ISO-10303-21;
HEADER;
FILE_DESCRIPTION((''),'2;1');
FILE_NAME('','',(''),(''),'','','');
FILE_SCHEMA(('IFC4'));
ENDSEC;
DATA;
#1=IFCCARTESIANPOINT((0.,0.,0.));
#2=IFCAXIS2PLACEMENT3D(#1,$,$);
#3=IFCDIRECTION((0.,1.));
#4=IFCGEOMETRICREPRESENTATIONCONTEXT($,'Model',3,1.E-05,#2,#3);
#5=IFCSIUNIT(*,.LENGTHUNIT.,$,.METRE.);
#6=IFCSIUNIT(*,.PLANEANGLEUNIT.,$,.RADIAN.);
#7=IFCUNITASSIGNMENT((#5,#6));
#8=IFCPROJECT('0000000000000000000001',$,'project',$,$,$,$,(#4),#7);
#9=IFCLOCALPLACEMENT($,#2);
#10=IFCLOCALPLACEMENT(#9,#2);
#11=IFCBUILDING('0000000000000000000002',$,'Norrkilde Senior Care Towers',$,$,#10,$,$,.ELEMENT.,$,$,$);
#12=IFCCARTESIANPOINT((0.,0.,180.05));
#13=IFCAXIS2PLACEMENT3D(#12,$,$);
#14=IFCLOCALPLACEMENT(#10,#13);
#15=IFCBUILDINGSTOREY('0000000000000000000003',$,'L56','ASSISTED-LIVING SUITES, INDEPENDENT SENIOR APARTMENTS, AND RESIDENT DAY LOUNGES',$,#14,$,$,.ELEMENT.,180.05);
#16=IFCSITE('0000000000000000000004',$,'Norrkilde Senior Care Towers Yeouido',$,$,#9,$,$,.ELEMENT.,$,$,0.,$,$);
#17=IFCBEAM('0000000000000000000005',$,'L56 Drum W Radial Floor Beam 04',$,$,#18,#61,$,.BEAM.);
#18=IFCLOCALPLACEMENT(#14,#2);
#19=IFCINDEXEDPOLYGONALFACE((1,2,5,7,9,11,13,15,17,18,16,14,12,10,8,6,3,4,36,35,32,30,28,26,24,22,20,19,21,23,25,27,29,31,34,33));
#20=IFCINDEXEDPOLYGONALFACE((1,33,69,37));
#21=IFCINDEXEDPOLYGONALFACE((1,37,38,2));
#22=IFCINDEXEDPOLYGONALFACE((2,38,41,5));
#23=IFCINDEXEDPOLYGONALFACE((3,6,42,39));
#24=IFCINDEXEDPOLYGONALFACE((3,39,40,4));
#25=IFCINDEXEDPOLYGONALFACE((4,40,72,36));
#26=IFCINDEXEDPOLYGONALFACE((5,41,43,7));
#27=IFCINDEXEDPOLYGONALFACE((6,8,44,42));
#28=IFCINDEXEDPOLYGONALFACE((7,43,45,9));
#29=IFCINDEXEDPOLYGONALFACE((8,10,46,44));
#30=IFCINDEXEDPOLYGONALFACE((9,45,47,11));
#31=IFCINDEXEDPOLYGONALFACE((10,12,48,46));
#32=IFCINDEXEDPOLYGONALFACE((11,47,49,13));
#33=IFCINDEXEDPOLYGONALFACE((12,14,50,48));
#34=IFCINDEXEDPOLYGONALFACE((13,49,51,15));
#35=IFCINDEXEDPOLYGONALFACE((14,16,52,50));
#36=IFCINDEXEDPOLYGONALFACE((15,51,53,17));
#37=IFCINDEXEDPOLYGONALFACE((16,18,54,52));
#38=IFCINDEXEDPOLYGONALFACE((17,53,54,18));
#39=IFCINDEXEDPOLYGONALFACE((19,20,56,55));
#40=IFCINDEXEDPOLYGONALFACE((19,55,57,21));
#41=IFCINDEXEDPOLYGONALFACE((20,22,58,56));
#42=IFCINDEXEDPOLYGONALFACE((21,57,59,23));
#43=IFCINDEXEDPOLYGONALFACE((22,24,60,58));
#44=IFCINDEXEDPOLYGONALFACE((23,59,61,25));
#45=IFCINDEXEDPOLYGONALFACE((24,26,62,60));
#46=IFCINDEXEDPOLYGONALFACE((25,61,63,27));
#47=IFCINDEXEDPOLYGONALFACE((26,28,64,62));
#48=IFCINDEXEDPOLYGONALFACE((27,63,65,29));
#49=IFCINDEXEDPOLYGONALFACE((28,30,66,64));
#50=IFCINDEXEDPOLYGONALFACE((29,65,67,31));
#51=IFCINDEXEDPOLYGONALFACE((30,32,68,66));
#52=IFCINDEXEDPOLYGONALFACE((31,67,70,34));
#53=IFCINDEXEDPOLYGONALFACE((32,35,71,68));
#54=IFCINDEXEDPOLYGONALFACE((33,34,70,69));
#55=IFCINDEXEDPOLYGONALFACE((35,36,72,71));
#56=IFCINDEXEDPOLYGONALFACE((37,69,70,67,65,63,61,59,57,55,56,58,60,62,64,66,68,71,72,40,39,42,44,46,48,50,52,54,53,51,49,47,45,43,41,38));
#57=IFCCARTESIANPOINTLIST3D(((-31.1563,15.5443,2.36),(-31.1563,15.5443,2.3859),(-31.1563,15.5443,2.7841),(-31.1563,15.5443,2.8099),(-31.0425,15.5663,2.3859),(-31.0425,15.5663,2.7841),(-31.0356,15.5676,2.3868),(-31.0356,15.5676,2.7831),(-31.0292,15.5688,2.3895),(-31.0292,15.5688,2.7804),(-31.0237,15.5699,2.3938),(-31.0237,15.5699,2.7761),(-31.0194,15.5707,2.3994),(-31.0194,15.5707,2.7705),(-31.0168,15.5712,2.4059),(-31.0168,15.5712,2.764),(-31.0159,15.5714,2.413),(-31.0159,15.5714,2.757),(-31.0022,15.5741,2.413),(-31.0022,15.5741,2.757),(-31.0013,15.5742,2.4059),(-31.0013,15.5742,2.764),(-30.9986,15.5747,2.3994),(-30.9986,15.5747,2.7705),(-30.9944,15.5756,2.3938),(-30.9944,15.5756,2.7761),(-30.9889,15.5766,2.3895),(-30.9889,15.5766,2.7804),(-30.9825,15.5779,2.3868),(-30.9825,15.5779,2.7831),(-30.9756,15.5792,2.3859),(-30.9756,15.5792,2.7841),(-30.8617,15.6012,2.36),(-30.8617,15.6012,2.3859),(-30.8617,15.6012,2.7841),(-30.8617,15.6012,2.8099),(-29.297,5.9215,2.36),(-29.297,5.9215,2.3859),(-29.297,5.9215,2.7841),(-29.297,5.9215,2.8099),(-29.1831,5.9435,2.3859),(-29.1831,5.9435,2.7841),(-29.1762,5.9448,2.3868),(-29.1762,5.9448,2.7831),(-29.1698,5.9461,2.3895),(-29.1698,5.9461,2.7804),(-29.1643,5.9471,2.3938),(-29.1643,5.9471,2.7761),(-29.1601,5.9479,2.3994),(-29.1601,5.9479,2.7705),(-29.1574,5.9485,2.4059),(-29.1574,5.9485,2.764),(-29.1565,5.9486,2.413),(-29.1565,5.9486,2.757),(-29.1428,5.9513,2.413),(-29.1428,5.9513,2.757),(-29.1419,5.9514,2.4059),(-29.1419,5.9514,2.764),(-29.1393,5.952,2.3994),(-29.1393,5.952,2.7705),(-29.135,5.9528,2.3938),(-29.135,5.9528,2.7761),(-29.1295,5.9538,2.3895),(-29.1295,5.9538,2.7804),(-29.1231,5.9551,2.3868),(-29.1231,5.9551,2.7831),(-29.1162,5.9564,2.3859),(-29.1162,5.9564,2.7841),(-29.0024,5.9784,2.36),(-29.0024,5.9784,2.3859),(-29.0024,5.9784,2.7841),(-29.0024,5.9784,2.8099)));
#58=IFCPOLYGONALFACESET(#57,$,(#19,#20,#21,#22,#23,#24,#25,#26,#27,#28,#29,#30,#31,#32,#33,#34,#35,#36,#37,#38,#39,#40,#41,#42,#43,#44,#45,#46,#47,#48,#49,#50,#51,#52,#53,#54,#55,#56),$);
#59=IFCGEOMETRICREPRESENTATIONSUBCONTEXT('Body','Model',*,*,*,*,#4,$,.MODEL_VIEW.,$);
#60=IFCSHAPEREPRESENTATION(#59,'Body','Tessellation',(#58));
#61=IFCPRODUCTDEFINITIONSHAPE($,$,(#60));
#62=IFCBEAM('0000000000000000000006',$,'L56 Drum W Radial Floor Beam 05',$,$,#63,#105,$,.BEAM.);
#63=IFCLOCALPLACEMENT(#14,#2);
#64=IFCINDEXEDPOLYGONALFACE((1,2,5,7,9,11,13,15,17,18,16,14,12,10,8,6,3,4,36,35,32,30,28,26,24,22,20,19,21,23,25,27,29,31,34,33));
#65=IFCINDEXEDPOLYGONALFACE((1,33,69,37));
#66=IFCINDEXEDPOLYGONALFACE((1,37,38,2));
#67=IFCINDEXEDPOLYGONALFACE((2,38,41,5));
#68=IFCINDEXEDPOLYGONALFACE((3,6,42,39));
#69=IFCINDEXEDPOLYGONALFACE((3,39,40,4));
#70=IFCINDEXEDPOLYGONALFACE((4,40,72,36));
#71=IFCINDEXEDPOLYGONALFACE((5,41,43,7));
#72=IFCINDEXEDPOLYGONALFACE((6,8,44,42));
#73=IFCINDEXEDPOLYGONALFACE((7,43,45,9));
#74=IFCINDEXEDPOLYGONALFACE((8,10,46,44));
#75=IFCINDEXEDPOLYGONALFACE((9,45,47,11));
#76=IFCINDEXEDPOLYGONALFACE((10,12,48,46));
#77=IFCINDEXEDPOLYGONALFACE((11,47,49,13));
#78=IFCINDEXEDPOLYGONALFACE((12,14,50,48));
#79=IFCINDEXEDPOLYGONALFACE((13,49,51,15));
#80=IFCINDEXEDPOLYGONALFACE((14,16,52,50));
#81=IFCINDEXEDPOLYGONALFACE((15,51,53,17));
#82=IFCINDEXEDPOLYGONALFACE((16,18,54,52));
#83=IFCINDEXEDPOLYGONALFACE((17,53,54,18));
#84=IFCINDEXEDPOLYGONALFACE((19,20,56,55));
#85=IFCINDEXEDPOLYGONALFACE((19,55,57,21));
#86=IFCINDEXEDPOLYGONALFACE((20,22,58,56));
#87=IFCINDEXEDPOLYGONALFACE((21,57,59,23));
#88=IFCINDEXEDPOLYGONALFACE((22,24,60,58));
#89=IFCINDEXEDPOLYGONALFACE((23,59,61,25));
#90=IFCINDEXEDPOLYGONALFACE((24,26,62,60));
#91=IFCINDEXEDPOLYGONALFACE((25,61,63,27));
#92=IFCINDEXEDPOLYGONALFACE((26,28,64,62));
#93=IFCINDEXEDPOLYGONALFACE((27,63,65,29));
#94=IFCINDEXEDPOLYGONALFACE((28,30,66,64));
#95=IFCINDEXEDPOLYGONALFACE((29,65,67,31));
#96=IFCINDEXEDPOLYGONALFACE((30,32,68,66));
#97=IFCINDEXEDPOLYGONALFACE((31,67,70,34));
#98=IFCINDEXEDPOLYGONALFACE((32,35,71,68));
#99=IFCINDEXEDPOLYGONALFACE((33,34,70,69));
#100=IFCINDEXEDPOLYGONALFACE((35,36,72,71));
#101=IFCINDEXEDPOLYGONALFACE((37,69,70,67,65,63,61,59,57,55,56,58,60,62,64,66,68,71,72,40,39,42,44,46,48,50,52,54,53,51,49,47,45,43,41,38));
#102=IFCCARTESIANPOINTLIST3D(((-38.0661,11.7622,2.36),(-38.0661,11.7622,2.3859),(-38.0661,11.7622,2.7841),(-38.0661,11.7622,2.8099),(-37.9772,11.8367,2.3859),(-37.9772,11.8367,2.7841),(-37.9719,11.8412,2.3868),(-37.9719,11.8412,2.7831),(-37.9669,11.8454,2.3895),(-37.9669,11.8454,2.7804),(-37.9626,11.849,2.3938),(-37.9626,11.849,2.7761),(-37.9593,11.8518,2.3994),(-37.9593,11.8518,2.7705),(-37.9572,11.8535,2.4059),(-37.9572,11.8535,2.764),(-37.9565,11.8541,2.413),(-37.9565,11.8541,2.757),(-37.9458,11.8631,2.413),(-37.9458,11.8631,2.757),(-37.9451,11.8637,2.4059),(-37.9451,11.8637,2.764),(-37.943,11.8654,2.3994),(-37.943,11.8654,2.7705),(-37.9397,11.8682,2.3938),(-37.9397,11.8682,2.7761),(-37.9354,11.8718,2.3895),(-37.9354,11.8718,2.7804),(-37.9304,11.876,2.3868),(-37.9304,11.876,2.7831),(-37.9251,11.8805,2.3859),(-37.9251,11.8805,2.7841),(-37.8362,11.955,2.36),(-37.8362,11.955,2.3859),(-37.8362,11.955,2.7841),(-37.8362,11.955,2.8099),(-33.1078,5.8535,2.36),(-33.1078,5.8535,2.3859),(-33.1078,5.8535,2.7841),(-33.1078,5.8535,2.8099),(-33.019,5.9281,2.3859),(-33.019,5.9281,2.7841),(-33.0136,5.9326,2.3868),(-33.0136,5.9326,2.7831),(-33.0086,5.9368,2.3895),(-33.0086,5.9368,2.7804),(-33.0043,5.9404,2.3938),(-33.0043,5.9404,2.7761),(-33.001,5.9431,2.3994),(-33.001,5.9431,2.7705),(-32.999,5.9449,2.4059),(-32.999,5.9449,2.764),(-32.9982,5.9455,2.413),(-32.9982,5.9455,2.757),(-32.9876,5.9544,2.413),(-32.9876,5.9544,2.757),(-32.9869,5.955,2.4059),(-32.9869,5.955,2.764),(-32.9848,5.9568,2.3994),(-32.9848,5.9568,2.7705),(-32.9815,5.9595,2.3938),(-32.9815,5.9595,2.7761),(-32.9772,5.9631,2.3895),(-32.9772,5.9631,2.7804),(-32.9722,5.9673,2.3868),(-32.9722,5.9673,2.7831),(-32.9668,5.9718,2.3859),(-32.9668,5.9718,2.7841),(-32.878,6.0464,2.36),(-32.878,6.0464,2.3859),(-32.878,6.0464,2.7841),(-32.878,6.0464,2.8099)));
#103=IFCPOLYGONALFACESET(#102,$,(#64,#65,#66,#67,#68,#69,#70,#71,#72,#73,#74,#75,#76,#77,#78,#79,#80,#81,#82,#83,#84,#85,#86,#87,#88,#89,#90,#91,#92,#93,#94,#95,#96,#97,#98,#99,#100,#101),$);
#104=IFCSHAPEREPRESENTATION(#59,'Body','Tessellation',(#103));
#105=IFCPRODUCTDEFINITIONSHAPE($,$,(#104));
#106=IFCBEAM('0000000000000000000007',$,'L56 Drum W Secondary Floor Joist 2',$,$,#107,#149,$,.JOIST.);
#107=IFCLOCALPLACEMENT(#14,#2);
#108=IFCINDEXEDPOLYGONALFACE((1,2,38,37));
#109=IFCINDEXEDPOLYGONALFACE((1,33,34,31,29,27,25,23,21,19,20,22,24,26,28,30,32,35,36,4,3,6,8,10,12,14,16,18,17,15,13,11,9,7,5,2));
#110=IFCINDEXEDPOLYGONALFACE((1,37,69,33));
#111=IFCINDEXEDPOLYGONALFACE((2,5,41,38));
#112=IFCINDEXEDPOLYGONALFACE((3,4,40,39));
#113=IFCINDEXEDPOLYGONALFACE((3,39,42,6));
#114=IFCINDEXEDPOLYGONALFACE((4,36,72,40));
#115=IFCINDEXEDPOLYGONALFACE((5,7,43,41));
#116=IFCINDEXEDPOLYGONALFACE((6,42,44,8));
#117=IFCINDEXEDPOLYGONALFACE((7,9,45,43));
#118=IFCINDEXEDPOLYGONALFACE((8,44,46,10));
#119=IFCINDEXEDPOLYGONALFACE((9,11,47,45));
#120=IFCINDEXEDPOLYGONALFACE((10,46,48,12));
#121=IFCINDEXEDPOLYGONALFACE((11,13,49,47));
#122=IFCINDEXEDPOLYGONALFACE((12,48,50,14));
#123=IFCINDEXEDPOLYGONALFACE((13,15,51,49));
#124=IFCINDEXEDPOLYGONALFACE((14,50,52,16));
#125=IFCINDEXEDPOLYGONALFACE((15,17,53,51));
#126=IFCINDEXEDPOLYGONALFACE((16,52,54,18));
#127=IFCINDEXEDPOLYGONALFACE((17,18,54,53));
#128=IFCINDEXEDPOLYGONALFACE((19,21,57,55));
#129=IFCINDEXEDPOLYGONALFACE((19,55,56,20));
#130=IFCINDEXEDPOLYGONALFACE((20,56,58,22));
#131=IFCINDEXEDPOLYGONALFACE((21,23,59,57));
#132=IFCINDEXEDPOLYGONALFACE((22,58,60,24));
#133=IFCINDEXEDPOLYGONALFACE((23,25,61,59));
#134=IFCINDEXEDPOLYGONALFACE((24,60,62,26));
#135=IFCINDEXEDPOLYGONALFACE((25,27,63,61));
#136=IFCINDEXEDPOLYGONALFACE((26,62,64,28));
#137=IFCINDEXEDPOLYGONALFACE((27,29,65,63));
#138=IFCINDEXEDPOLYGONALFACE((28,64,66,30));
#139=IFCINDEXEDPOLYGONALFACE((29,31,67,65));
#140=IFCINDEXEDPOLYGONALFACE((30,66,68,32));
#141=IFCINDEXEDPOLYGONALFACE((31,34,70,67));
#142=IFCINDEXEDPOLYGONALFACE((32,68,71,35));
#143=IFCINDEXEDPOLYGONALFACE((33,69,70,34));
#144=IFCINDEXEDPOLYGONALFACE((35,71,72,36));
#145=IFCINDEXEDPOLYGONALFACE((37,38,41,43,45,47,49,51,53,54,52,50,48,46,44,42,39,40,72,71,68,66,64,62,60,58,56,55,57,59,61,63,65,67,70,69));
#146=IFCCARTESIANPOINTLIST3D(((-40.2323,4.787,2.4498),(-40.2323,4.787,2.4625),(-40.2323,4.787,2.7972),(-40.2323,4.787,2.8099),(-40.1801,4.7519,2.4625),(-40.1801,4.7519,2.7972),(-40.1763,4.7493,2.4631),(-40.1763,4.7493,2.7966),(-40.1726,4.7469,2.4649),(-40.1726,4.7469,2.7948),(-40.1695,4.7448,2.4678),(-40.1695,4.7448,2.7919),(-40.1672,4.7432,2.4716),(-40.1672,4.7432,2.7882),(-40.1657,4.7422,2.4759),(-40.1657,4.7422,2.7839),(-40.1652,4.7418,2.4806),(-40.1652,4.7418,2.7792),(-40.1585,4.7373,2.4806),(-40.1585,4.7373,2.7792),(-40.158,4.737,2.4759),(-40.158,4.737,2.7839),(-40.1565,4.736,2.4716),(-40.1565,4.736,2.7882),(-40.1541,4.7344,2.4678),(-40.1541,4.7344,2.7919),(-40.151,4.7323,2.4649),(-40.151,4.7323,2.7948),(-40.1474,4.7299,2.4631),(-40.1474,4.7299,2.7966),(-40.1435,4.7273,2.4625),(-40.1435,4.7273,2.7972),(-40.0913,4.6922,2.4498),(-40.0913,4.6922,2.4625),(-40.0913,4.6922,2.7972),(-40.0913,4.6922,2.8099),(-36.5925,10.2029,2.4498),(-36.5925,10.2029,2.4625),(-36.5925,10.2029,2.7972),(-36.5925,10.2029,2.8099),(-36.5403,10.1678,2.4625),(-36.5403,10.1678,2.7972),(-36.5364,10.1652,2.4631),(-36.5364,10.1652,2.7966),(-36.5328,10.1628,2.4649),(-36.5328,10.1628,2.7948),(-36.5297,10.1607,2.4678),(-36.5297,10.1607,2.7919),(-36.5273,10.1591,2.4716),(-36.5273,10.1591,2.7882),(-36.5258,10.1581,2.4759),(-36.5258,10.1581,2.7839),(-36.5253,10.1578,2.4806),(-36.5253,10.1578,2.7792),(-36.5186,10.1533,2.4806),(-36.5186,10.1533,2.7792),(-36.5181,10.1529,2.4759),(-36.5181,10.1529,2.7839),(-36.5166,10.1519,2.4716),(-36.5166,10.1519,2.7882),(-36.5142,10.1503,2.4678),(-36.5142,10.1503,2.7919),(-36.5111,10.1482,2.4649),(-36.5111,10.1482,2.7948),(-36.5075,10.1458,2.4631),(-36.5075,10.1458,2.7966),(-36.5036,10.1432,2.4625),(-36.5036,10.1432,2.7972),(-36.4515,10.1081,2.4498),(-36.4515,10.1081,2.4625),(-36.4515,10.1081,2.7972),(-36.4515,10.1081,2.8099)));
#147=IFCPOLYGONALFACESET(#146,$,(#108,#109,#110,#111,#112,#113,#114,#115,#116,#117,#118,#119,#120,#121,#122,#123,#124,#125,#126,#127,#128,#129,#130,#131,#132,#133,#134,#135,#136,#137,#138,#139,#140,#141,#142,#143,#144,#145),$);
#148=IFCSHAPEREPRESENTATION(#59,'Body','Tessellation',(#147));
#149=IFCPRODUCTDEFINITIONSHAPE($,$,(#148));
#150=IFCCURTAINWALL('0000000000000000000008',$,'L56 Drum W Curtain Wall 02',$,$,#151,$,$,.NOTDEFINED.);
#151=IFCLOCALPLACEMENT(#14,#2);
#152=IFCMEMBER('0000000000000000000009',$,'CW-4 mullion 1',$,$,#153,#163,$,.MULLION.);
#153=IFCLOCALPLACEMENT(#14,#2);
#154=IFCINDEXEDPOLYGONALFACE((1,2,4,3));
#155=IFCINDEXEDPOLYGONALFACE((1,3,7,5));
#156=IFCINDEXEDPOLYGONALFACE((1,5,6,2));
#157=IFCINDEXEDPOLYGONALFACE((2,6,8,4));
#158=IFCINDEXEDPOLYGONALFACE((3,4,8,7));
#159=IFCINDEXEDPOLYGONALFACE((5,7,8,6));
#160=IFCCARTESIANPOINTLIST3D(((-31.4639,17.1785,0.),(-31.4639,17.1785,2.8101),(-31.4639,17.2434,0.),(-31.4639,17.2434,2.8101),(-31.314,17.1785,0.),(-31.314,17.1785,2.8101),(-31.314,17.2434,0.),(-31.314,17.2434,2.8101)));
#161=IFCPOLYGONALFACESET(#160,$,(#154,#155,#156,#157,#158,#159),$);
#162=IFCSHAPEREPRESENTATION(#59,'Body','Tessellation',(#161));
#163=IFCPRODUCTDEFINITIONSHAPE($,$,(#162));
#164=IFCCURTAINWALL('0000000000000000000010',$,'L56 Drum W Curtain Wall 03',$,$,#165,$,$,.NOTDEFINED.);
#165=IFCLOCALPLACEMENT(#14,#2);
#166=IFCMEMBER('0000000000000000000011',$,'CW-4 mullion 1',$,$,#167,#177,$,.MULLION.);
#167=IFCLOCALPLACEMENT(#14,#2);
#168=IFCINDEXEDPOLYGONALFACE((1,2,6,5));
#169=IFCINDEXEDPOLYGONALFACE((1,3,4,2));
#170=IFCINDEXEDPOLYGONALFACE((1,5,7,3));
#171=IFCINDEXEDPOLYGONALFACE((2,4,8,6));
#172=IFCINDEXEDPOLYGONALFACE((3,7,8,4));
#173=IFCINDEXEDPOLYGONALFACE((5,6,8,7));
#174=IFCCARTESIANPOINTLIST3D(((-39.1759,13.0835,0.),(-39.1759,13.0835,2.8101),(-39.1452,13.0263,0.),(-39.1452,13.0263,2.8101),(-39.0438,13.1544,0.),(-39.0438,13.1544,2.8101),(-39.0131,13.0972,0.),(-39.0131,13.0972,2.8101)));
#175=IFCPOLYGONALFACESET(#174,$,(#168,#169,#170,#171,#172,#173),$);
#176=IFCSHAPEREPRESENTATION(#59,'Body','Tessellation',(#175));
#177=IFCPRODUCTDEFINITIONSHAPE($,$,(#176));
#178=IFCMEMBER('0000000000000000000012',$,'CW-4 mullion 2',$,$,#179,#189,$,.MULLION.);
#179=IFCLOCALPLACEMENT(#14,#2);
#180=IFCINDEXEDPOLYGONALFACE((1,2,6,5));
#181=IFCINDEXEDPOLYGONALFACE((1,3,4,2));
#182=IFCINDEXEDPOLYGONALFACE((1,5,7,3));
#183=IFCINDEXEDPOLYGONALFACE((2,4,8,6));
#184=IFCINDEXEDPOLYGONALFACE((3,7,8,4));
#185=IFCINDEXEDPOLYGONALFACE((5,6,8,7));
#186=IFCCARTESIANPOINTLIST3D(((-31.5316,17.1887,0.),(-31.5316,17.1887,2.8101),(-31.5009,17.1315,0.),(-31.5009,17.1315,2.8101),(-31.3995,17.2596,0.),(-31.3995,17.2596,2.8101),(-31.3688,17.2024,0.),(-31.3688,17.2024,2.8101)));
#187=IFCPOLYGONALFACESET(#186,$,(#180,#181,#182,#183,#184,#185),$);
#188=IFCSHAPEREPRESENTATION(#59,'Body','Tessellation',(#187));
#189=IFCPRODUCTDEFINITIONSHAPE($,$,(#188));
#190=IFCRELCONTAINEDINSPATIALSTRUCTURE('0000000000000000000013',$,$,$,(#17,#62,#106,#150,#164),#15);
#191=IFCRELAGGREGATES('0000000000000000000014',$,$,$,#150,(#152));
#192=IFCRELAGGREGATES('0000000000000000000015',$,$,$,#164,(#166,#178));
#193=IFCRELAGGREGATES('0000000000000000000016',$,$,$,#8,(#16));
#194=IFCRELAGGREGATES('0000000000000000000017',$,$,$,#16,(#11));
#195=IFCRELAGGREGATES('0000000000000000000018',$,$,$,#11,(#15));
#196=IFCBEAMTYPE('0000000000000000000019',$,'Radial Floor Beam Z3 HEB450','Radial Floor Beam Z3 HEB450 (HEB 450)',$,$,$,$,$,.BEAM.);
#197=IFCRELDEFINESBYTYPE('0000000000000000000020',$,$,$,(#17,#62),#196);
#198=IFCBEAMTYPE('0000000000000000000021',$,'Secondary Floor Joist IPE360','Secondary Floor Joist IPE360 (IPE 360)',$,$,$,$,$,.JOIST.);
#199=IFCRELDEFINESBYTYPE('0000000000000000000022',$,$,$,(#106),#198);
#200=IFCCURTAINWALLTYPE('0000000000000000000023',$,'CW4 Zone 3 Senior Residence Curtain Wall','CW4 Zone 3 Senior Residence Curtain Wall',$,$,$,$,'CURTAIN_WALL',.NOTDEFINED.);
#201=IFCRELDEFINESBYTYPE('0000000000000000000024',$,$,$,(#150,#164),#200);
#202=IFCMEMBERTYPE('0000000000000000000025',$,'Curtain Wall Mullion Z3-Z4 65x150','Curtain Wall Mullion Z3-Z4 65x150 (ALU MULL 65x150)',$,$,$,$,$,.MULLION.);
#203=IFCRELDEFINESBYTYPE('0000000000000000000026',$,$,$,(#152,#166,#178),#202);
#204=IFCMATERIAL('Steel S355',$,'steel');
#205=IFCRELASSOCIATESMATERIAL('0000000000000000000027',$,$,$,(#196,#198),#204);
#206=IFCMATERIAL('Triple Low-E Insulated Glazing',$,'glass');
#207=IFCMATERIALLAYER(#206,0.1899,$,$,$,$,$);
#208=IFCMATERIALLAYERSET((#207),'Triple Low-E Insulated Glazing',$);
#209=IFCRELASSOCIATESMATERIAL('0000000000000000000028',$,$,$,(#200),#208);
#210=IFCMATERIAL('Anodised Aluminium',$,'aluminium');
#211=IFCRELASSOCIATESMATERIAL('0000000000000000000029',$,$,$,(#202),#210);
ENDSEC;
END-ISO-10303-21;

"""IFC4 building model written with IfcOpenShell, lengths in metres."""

from ifc_helpers import new_model, si_unit, direction, frame, origin, origin_2d, place, context, subcontext, project, spatial, rectangle, i_section, extrude, source, transform, mapped, material, layer, layer_set, material_profile, profile_set, type_object, type_shapes, element, aggregate, save


model = new_model("IFC4")

# Units and contexts
model_context = context("Model", 3, precision=1e-05, world=origin(), true_north=direction((0.0, 1.0)))
body_context = subcontext(model_context, "Body", "Model", "MODEL_VIEW")
ifc_project = project(units=[si_unit("LENGTHUNIT", "METRE"), si_unit("PLANEANGLEUNIT", "RADIAN")], contexts=[model_context])

# Site, building, storey
site_placement = place(None, origin())
site = spatial("IfcSite", under=ifc_project, at=site_placement, Name="Norrkilde Senior Care Towers Yeouido", CompositionType="ELEMENT", RefElevation=0.0)
building_placement = place(site_placement, origin())
building = spatial("IfcBuilding", under=site, at=building_placement, Name="Norrkilde Senior Care Towers", CompositionType="ELEMENT")
storey_placement = place(building_placement, frame((0.0, 0.0, 180.05)))
storey = spatial("IfcBuildingStorey", under=building, at=storey_placement, Name="L56", Description="ASSISTED-LIVING SUITES, INDEPENDENT SENIOR APARTMENTS, AND RESIDENT DAY LOUNGES", CompositionType="ELEMENT", Elevation=180.05)

# Beams
ifc_material_1 = material(Name="Steel S355", Category="steel")
ifc_material_profile_1 = material_profile(ifc_material_1, i_section(OverallWidth=0.3, OverallDepth=0.45, WebThickness=0.0139, FlangeThickness=0.0259, FilletRadius=0.0271, at=origin_2d()), Name="HEB 450")
ifc_profile_set_1 = profile_set([ifc_material_profile_1], Name="Steel S355")
beam_type_1 = type_object("IfcBeamType", Name="Radial Floor Beam Z3 HEB450", Description="Radial Floor Beam Z3 HEB450 (HEB 450)", PredefinedType="BEAM", material=ifc_profile_set_1)
shared_shape_1 = source(origin(), body_context, "Body", "SweptSolid", [
    extrude(i_section(OverallWidth=0.3, OverallDepth=0.45, WebThickness=0.0139, FlangeThickness=0.0259, FilletRadius=0.0271, at=origin_2d()), origin(), (0.0, 0.0, 1.0), 9.8008),
])
beam_1_placement = place(storey_placement, frame((-29.1497, 5.95, 2.585), z_axis=(-0.189717, 0.981839, 0.0), x_axis=(-0.981839, -0.189717, 0.0)))
element("IfcBeam", 1, at=beam_1_placement, inside=storey, type_object=beam_type_1, Name="L56 Drum W Radial Floor Beam 04", PredefinedType="BEAM", context=body_context, shape_type="MappedRepresentation", body=[
    mapped(shared_shape_1, transform((0.0, 0.0, 0.0), x_axis=(1.0, 0.0, 0.0), y_axis=(0.0, 1.0, 0.0), z_axis=(0.0, 0.0, 1.0), scale=1.0)),
])
shared_shape_2 = source(origin(), body_context, "Body", "SweptSolid", [
    extrude(i_section(OverallWidth=0.3, OverallDepth=0.45, WebThickness=0.0139, FlangeThickness=0.0259, FilletRadius=0.0271, at=origin_2d()), origin(), (0.0, 0.0, 1.0), 7.7134),
])
type_shapes(beam_type_1, [shared_shape_1, shared_shape_2])
beam_2_placement = place(storey_placement, frame((-32.9929, 5.95, 2.585), z_axis=(-0.642808, 0.766027, 0.0), x_axis=(-0.766027, -0.642808, 0.0)))
element("IfcBeam", 2, at=beam_2_placement, inside=storey, type_object=beam_type_1, Name="L56 Drum W Radial Floor Beam 05", PredefinedType="BEAM", context=body_context, shape_type="MappedRepresentation", body=[
    mapped(shared_shape_2, transform((0.0, 0.0, 0.0), x_axis=(1.0, 0.0, 0.0), y_axis=(0.0, 1.0, 0.0), z_axis=(0.0, 0.0, 1.0), scale=1.0)),
])
ifc_material_profile_2 = material_profile(ifc_material_1, i_section(OverallWidth=0.1699, OverallDepth=0.3601, WebThickness=0.0081, FlangeThickness=0.0127, FilletRadius=0.0181, at=origin_2d()), Name="IPE 360")
ifc_profile_set_2 = profile_set([ifc_material_profile_2], Name="Steel S355")
beam_type_2 = type_object("IfcBeamType", Name="Secondary Floor Joist IPE360", Description="Secondary Floor Joist IPE360 (IPE 360)", PredefinedType="JOIST", material=ifc_profile_set_2)
shared_shape_3 = source(origin(), body_context, "Body", "SweptSolid", [
    extrude(i_section(OverallWidth=0.1699, OverallDepth=0.3601, WebThickness=0.0081, FlangeThickness=0.0127, FilletRadius=0.0181, at=origin_2d()), origin(), (0.0, 0.0, 1.0), 6.5254),
])
type_shapes(beam_type_2, [shared_shape_3])
beam_3_placement = place(storey_placement, frame((-36.522, 10.1555, 2.6299), z_axis=(-0.557796, -0.829978, 0.0), x_axis=(0.829978, -0.557796, 0.0)))
element("IfcBeam", 3, at=beam_3_placement, inside=storey, type_object=beam_type_2, Name="L56 Drum W Secondary Floor Joist 2", PredefinedType="JOIST", context=body_context, shape_type="MappedRepresentation", body=[
    mapped(shared_shape_3, transform((0.0, 0.0, 0.0), x_axis=(1.0, 0.0, 0.0), y_axis=(0.0, 1.0, 0.0), z_axis=(0.0, 0.0, 1.0), scale=1.0)),
])

# Curtain wall, member
ifc_material_2 = material(Name="Triple Low-E Insulated Glazing", Category="glass")
ifc_layer_1 = layer(ifc_material_2, 0.1899)
ifc_layer_set_1 = layer_set([ifc_layer_1], Name="Triple Low-E Insulated Glazing")
curtain_wall_type = type_object("IfcCurtainWallType", Name="CW4 Zone 3 Senior Residence Curtain Wall", Description="CW4 Zone 3 Senior Residence Curtain Wall", ElementType="CURTAIN_WALL", PredefinedType="NOTDEFINED", material=ifc_layer_set_1)
curtain_wall_1_placement = place(storey_placement, origin())
curtain_wall_1 = element("IfcCurtainWall", 4, at=curtain_wall_1_placement, inside=storey, type_object=curtain_wall_type, Name="L56 Drum W Curtain Wall 02", PredefinedType="NOTDEFINED")
ifc_material_3 = material(Name="Anodised Aluminium", Category="aluminium")
ifc_material_profile_3 = material_profile(ifc_material_3, rectangle(XDim=0.0649, YDim=0.1499, at=origin_2d()), Name="ALU MULL 65x150")
ifc_profile_set_3 = profile_set([ifc_material_profile_3], Name="Anodised Aluminium")
member_type_1 = type_object("IfcMemberType", Name="Curtain Wall Mullion Z3-Z4 65x150", Description="Curtain Wall Mullion Z3-Z4 65x150 (ALU MULL 65x150)", PredefinedType="MULLION", material=ifc_profile_set_3)
shared_shape_4 = source(origin(), body_context, "Body", "SweptSolid", [
    extrude(rectangle(XDim=0.0649, YDim=0.1499, at=origin_2d()), origin(), (0.0, 0.0, 1.0), 2.8101),
])
type_shapes(member_type_1, [shared_shape_4])
member_1_placement = place(storey_placement, frame((-31.3889, 17.2109, 0.0), z_axis=(0.0, 0.0, 1.0), x_axis=(0.0, 1.0, 0.0)))
member_1 = element("IfcMember", 5, at=member_1_placement, type_object=member_type_1, Name="CW-4 mullion 1", PredefinedType="MULLION", context=body_context, shape_type="MappedRepresentation", body=[
    mapped(shared_shape_4, transform((0.0, 0.0, 0.0), x_axis=(1.0, 0.0, 0.0), y_axis=(0.0, 1.0, 0.0), z_axis=(0.0, 0.0, 1.0), scale=1.0)),
])

# Curtain wall, members
curtain_wall_2_placement = place(storey_placement, origin())
curtain_wall_2 = element("IfcCurtainWall", 6, at=curtain_wall_2_placement, inside=storey, type_object=curtain_wall_type, Name="L56 Drum W Curtain Wall 03", PredefinedType="NOTDEFINED")
member_2_placement = place(storey_placement, frame((-39.0945, 13.0903, 0.0), z_axis=(0.0, 0.0, 1.0), x_axis=(-0.473117, 0.881, 0.0)))
member_2 = element("IfcMember", 7, at=member_2_placement, type_object=member_type_1, Name="CW-4 mullion 1", PredefinedType="MULLION", context=body_context, shape_type="MappedRepresentation", body=[
    mapped(shared_shape_4, transform((0.0, 0.0, 0.0), x_axis=(1.0, 0.0, 0.0), y_axis=(0.0, 1.0, 0.0), z_axis=(0.0, 0.0, 1.0), scale=1.0)),
])
member_3_placement = place(storey_placement, frame((-31.4502, 17.1956, 0.0), z_axis=(0.0, 0.0, 1.0), x_axis=(-0.473117, 0.881, 0.0)))
member_3 = element("IfcMember", 8, at=member_3_placement, type_object=member_type_1, Name="CW-4 mullion 2", PredefinedType="MULLION", context=body_context, shape_type="MappedRepresentation", body=[
    mapped(shared_shape_4, transform((0.0, 0.0, 0.0), x_axis=(1.0, 0.0, 0.0), y_axis=(0.0, 1.0, 0.0), z_axis=(0.0, 0.0, 1.0), scale=1.0)),
])

aggregate(curtain_wall_1, [member_1])

aggregate(curtain_wall_2, [member_2, member_3])

save(model, "model.ifc")
